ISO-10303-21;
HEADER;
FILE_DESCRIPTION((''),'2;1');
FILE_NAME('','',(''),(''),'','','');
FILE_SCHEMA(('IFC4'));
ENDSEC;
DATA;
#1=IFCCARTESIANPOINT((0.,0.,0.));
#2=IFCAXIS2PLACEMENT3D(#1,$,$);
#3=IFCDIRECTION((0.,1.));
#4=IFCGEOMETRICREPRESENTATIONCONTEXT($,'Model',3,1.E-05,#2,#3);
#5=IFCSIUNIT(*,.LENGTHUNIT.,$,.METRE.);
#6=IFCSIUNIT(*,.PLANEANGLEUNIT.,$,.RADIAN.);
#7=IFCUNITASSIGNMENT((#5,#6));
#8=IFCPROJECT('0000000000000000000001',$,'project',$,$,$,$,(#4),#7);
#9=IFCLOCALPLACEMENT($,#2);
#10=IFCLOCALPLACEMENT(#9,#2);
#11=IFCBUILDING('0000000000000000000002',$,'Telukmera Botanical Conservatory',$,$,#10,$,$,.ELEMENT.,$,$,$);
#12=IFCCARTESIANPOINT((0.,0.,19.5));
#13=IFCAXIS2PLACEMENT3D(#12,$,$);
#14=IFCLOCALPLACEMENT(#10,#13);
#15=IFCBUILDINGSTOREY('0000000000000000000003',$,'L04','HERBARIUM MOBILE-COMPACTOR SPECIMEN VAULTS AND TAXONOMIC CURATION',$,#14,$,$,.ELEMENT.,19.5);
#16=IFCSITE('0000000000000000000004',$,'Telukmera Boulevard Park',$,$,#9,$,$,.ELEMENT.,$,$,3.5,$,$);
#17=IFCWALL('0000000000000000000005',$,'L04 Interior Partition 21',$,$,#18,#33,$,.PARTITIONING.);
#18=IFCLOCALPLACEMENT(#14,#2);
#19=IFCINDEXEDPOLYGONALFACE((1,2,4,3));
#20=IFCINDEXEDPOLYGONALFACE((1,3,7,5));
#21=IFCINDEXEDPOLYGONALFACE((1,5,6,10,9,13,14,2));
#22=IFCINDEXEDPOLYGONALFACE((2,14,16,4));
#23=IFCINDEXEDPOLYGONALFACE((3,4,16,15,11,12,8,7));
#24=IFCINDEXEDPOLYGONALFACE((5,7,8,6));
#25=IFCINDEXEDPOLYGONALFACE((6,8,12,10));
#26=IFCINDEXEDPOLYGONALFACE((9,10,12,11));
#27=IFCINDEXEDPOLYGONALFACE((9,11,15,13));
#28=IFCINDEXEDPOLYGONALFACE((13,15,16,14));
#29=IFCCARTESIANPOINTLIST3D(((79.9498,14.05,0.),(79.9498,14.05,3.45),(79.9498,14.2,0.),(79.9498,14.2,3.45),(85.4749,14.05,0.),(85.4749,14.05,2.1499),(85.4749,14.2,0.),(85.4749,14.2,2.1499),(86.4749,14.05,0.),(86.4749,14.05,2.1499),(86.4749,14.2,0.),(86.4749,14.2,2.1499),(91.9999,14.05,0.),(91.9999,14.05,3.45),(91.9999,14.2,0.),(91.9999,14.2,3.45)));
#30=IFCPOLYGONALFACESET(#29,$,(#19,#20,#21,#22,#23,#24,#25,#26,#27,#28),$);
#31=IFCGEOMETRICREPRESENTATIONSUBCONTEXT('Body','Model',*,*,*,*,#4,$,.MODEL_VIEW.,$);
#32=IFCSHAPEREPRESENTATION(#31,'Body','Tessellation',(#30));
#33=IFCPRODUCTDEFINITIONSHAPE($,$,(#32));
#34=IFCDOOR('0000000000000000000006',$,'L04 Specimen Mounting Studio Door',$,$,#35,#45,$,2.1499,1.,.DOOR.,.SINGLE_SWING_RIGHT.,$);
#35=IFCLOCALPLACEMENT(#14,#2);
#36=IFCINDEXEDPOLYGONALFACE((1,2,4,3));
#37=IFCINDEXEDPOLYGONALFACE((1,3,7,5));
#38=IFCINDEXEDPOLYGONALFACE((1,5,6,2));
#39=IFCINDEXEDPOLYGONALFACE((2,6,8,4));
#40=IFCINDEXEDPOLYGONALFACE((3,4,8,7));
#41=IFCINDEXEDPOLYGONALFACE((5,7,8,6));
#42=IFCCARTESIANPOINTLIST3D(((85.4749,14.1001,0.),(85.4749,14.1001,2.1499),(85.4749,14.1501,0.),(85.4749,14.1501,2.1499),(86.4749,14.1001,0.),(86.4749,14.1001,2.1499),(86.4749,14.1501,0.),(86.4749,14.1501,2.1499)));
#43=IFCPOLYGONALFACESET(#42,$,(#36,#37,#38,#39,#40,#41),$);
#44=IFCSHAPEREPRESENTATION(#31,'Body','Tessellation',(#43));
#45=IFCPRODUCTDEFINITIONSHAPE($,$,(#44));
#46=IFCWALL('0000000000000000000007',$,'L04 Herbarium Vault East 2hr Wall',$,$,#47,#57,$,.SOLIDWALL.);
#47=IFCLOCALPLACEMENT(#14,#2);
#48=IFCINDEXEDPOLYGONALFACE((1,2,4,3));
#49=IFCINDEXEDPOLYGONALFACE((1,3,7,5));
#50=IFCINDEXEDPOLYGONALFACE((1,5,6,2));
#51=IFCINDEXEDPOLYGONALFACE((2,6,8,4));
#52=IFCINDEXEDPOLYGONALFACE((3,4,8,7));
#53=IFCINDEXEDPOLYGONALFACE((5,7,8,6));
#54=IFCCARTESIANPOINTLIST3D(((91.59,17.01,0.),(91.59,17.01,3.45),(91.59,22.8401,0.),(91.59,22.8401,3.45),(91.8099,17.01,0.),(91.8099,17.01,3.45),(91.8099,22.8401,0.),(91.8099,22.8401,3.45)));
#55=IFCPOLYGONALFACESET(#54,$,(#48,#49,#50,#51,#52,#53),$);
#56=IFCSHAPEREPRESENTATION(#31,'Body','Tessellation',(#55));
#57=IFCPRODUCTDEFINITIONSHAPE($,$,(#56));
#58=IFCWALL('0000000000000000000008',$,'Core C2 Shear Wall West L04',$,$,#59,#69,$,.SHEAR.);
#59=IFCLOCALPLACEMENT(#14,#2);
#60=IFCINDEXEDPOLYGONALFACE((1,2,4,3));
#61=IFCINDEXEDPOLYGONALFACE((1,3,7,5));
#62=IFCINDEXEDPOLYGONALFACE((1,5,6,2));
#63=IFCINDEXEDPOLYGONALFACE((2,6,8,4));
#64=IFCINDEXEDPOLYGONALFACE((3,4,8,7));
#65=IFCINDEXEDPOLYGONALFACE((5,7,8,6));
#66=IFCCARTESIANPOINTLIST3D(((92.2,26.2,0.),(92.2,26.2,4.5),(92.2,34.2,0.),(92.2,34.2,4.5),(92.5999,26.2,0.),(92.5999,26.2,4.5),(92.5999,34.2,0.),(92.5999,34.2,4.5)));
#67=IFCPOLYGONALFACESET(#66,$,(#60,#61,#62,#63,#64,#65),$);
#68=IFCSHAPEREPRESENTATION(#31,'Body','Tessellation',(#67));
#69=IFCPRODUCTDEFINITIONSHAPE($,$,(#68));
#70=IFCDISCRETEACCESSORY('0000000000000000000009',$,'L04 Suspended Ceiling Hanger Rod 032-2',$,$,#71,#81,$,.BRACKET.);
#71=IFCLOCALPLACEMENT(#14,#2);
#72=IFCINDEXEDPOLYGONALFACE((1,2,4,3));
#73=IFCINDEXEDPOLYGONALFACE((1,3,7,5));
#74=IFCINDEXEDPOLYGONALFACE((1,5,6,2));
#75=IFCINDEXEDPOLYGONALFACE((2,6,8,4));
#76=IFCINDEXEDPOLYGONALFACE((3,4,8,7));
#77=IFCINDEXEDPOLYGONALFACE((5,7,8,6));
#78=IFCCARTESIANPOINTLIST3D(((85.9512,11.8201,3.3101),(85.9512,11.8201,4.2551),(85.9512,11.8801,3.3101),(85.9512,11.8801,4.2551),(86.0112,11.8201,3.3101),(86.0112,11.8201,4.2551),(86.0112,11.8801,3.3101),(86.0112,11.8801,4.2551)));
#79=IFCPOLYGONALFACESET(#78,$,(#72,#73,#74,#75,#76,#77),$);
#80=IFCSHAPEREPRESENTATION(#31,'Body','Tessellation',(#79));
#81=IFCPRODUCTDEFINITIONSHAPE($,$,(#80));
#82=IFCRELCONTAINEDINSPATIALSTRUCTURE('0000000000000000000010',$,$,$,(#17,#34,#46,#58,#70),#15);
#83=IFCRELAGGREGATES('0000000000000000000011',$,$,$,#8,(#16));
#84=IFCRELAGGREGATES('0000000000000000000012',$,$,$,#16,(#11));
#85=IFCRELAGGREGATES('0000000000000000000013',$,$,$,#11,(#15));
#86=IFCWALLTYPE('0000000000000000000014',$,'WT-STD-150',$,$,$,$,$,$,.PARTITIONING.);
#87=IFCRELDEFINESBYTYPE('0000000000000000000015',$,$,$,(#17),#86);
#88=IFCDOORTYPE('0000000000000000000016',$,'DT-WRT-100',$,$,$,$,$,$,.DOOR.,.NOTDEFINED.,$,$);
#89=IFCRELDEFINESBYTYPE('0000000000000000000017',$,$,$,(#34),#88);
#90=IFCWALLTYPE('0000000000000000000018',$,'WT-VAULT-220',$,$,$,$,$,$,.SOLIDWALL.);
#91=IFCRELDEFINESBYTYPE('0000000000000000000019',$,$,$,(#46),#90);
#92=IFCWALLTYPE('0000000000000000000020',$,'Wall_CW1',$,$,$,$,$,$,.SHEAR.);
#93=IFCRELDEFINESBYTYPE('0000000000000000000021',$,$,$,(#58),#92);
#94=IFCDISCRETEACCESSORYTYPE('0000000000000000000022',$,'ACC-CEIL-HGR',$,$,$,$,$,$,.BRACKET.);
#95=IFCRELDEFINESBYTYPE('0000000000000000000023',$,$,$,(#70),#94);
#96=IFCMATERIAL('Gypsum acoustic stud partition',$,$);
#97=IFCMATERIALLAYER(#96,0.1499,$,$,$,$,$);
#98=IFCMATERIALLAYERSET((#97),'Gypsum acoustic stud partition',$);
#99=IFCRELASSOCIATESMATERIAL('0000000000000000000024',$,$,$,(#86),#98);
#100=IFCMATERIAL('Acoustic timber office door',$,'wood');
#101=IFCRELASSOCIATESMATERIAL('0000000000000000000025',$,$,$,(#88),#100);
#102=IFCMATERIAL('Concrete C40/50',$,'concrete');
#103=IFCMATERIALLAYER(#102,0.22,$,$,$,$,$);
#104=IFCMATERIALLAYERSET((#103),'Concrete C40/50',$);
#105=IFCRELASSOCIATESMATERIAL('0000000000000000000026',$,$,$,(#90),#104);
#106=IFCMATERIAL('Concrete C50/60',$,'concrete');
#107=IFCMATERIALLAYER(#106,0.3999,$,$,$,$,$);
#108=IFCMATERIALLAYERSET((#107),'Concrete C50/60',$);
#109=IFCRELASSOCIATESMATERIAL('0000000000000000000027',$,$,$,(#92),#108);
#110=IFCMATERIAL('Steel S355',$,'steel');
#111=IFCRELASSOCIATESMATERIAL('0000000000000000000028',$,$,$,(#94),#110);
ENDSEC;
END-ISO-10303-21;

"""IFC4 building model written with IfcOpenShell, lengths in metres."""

from ifc_helpers import new_model, si_unit, direction, frame, frame_2d, origin, origin_2d, place, context, subcontext, project, spatial, rectangle, extrude, material, layer, layer_set, type_object, element, fill, save


model = new_model("IFC4")

# Units and contexts
model_context = context("Model", 3, precision=1e-05, world=origin(), true_north=direction((0.0, 1.0)))
body_context = subcontext(model_context, "Body", "Model", "MODEL_VIEW")
ifc_project = project(units=[si_unit("LENGTHUNIT", "METRE"), si_unit("PLANEANGLEUNIT", "RADIAN")], contexts=[model_context])

# Site, building, storey
site_placement = place(None, origin())
site = spatial("IfcSite", under=ifc_project, at=site_placement, Name="Telukmera Boulevard Park", CompositionType="ELEMENT", RefElevation=3.5)
building_placement = place(site_placement, origin())
building = spatial("IfcBuilding", under=site, at=building_placement, Name="Telukmera Botanical Conservatory", CompositionType="ELEMENT")
storey_placement = place(building_placement, frame((0.0, 0.0, 19.5)))
storey = spatial("IfcBuildingStorey", under=building, at=storey_placement, Name="L04", Description="HERBARIUM MOBILE-COMPACTOR SPECIMEN VAULTS AND TAXONOMIC CURATION", CompositionType="ELEMENT", Elevation=19.5)

# Shared definitions
ifc_material_1 = material(Name="Concrete C50/60", Category="concrete")

# Shared definitions
ifc_material_2 = material(Name="Concrete C40/50", Category="concrete")

# Wall, opening, door
ifc_material_3 = material(Name="Gypsum acoustic stud partition")
ifc_layer_1 = layer(ifc_material_3, 0.1499)
ifc_layer_set_1 = layer_set([ifc_layer_1], Name="Gypsum acoustic stud partition")
wall_type_1 = type_object("IfcWallType", Name="WT-STD-150", PredefinedType="PARTITIONING", material=ifc_layer_set_1)
wall_1_placement = place(storey_placement, frame((79.95, 14.125, 0.0), z_axis=(0.0, 0.0, 1.0), x_axis=(1.0, 0.0, 0.0)))
wall_1 = element("IfcWall", 1, at=wall_1_placement, inside=storey, type_object=wall_type_1, Name="L04 Interior Partition 21", PredefinedType="PARTITIONING", context=body_context, shape_type="SweptSolid", body=[
    extrude(rectangle(XDim=12.05, YDim=0.1499, at=frame_2d((6.0249, 0.0))), origin(), (0.0, 0.0, 1.0), 3.45),
])
opening_1_placement = place(wall_1_placement, frame((5.5249, 0.0, 0.0)))
opening_1 = element("IfcOpeningElement", 2, at=opening_1_placement, cuts=wall_1, PredefinedType="OPENING", context=body_context, shape_type="SweptSolid", body=[
    extrude(rectangle(XDim=1.0, YDim=2.1499, at=frame_2d((0.5, 1.075))), frame((0.0, 0.085, 0.0), z_axis=(0.0, -1.0, 0.0), x_axis=(1.0, 0.0, 0.0)), (0.0, 0.0, 1.0), 0.1699),
])
ifc_material_4 = material(Name="Acoustic timber office door", Category="wood")
door_type_1 = type_object("IfcDoorType", Name="DT-WRT-100", OperationType="NOTDEFINED", PredefinedType="DOOR", material=ifc_material_4)
door_1_placement = place(opening_1_placement, frame((1.0, 0.0, 0.0), z_axis=(0.0, 0.0, 1.0), x_axis=(-1.0, 0.0, 0.0)))
door_1 = element("IfcDoor", 3, at=door_1_placement, inside=storey, type_object=door_type_1, Name="L04 Specimen Mounting Studio Door", OperationType="SINGLE_SWING_RIGHT", OverallHeight=2.1499, OverallWidth=1.0, PredefinedType="DOOR", context=body_context, shape_type="SweptSolid", body=[
    extrude(rectangle(XDim=1.0, YDim=2.1499, at=frame_2d((0.5, 1.075))), frame((0.0, 0.0249, 0.0), z_axis=(0.0, -1.0, 0.0), x_axis=(1.0, 0.0, 0.0)), (0.0, 0.0, 1.0), 0.05),
])
fill(opening_1, door_1)

# Walls
ifc_layer_2 = layer(ifc_material_2, 0.22)
ifc_layer_set_2 = layer_set([ifc_layer_2], Name="Concrete C40/50")
wall_type_2 = type_object("IfcWallType", Name="WT-VAULT-220", PredefinedType="SOLIDWALL", material=ifc_layer_set_2)
wall_2_placement = place(storey_placement, frame((91.7, 17.01, 0.0), z_axis=(0.0, 0.0, 1.0), x_axis=(0.0, 1.0, 0.0)))
element("IfcWall", 4, at=wall_2_placement, inside=storey, type_object=wall_type_2, Name="L04 Herbarium Vault East 2hr Wall", PredefinedType="SOLIDWALL", context=body_context, shape_type="SweptSolid", body=[
    extrude(rectangle(XDim=5.8301, YDim=0.22, at=frame_2d((2.915, 0.0))), origin(), (0.0, 0.0, 1.0), 3.45),
])
ifc_layer_3 = layer(ifc_material_1, 0.3999)
ifc_layer_set_3 = layer_set([ifc_layer_3], Name="Concrete C50/60")
wall_type_3 = type_object("IfcWallType", Name="Wall_CW1", PredefinedType="SHEAR", material=ifc_layer_set_3)
wall_3_placement = place(storey_placement, frame((92.3999, 26.2, 0.0), z_axis=(0.0, 0.0, 1.0), x_axis=(0.0, 1.0, 0.0)))
element("IfcWall", 5, at=wall_3_placement, inside=storey, type_object=wall_type_3, Name="Core C2 Shear Wall West L04", PredefinedType="SHEAR", context=body_context, shape_type="SweptSolid", body=[
    extrude(rectangle(XDim=8.0, YDim=0.3999, at=frame_2d((4.0, 0.0))), origin(), (0.0, 0.0, 1.0), 4.5),
])

# Discrete accessory
ifc_material_5 = material(Name="Steel S355", Category="steel")
discrete_accessory_type = type_object("IfcDiscreteAccessoryType", Name="ACC-CEIL-HGR", PredefinedType="BRACKET", material=ifc_material_5)
discrete_accessory_placement = place(storey_placement, frame((85.9812, 11.8501, 3.3101), z_axis=(0.0, 0.0, 1.0), x_axis=(1.0, 0.0, 0.0)))
element("IfcDiscreteAccessory", 6, at=discrete_accessory_placement, inside=storey, type_object=discrete_accessory_type, Name="L04 Suspended Ceiling Hanger Rod 032-2", PredefinedType="BRACKET", context=body_context, shape_type="SweptSolid", body=[
    extrude(rectangle(XDim=0.0601, YDim=0.0601, at=origin_2d()), origin(), (0.0, 0.0, 1.0), 0.9451),
])

save(model, "model.ifc")
